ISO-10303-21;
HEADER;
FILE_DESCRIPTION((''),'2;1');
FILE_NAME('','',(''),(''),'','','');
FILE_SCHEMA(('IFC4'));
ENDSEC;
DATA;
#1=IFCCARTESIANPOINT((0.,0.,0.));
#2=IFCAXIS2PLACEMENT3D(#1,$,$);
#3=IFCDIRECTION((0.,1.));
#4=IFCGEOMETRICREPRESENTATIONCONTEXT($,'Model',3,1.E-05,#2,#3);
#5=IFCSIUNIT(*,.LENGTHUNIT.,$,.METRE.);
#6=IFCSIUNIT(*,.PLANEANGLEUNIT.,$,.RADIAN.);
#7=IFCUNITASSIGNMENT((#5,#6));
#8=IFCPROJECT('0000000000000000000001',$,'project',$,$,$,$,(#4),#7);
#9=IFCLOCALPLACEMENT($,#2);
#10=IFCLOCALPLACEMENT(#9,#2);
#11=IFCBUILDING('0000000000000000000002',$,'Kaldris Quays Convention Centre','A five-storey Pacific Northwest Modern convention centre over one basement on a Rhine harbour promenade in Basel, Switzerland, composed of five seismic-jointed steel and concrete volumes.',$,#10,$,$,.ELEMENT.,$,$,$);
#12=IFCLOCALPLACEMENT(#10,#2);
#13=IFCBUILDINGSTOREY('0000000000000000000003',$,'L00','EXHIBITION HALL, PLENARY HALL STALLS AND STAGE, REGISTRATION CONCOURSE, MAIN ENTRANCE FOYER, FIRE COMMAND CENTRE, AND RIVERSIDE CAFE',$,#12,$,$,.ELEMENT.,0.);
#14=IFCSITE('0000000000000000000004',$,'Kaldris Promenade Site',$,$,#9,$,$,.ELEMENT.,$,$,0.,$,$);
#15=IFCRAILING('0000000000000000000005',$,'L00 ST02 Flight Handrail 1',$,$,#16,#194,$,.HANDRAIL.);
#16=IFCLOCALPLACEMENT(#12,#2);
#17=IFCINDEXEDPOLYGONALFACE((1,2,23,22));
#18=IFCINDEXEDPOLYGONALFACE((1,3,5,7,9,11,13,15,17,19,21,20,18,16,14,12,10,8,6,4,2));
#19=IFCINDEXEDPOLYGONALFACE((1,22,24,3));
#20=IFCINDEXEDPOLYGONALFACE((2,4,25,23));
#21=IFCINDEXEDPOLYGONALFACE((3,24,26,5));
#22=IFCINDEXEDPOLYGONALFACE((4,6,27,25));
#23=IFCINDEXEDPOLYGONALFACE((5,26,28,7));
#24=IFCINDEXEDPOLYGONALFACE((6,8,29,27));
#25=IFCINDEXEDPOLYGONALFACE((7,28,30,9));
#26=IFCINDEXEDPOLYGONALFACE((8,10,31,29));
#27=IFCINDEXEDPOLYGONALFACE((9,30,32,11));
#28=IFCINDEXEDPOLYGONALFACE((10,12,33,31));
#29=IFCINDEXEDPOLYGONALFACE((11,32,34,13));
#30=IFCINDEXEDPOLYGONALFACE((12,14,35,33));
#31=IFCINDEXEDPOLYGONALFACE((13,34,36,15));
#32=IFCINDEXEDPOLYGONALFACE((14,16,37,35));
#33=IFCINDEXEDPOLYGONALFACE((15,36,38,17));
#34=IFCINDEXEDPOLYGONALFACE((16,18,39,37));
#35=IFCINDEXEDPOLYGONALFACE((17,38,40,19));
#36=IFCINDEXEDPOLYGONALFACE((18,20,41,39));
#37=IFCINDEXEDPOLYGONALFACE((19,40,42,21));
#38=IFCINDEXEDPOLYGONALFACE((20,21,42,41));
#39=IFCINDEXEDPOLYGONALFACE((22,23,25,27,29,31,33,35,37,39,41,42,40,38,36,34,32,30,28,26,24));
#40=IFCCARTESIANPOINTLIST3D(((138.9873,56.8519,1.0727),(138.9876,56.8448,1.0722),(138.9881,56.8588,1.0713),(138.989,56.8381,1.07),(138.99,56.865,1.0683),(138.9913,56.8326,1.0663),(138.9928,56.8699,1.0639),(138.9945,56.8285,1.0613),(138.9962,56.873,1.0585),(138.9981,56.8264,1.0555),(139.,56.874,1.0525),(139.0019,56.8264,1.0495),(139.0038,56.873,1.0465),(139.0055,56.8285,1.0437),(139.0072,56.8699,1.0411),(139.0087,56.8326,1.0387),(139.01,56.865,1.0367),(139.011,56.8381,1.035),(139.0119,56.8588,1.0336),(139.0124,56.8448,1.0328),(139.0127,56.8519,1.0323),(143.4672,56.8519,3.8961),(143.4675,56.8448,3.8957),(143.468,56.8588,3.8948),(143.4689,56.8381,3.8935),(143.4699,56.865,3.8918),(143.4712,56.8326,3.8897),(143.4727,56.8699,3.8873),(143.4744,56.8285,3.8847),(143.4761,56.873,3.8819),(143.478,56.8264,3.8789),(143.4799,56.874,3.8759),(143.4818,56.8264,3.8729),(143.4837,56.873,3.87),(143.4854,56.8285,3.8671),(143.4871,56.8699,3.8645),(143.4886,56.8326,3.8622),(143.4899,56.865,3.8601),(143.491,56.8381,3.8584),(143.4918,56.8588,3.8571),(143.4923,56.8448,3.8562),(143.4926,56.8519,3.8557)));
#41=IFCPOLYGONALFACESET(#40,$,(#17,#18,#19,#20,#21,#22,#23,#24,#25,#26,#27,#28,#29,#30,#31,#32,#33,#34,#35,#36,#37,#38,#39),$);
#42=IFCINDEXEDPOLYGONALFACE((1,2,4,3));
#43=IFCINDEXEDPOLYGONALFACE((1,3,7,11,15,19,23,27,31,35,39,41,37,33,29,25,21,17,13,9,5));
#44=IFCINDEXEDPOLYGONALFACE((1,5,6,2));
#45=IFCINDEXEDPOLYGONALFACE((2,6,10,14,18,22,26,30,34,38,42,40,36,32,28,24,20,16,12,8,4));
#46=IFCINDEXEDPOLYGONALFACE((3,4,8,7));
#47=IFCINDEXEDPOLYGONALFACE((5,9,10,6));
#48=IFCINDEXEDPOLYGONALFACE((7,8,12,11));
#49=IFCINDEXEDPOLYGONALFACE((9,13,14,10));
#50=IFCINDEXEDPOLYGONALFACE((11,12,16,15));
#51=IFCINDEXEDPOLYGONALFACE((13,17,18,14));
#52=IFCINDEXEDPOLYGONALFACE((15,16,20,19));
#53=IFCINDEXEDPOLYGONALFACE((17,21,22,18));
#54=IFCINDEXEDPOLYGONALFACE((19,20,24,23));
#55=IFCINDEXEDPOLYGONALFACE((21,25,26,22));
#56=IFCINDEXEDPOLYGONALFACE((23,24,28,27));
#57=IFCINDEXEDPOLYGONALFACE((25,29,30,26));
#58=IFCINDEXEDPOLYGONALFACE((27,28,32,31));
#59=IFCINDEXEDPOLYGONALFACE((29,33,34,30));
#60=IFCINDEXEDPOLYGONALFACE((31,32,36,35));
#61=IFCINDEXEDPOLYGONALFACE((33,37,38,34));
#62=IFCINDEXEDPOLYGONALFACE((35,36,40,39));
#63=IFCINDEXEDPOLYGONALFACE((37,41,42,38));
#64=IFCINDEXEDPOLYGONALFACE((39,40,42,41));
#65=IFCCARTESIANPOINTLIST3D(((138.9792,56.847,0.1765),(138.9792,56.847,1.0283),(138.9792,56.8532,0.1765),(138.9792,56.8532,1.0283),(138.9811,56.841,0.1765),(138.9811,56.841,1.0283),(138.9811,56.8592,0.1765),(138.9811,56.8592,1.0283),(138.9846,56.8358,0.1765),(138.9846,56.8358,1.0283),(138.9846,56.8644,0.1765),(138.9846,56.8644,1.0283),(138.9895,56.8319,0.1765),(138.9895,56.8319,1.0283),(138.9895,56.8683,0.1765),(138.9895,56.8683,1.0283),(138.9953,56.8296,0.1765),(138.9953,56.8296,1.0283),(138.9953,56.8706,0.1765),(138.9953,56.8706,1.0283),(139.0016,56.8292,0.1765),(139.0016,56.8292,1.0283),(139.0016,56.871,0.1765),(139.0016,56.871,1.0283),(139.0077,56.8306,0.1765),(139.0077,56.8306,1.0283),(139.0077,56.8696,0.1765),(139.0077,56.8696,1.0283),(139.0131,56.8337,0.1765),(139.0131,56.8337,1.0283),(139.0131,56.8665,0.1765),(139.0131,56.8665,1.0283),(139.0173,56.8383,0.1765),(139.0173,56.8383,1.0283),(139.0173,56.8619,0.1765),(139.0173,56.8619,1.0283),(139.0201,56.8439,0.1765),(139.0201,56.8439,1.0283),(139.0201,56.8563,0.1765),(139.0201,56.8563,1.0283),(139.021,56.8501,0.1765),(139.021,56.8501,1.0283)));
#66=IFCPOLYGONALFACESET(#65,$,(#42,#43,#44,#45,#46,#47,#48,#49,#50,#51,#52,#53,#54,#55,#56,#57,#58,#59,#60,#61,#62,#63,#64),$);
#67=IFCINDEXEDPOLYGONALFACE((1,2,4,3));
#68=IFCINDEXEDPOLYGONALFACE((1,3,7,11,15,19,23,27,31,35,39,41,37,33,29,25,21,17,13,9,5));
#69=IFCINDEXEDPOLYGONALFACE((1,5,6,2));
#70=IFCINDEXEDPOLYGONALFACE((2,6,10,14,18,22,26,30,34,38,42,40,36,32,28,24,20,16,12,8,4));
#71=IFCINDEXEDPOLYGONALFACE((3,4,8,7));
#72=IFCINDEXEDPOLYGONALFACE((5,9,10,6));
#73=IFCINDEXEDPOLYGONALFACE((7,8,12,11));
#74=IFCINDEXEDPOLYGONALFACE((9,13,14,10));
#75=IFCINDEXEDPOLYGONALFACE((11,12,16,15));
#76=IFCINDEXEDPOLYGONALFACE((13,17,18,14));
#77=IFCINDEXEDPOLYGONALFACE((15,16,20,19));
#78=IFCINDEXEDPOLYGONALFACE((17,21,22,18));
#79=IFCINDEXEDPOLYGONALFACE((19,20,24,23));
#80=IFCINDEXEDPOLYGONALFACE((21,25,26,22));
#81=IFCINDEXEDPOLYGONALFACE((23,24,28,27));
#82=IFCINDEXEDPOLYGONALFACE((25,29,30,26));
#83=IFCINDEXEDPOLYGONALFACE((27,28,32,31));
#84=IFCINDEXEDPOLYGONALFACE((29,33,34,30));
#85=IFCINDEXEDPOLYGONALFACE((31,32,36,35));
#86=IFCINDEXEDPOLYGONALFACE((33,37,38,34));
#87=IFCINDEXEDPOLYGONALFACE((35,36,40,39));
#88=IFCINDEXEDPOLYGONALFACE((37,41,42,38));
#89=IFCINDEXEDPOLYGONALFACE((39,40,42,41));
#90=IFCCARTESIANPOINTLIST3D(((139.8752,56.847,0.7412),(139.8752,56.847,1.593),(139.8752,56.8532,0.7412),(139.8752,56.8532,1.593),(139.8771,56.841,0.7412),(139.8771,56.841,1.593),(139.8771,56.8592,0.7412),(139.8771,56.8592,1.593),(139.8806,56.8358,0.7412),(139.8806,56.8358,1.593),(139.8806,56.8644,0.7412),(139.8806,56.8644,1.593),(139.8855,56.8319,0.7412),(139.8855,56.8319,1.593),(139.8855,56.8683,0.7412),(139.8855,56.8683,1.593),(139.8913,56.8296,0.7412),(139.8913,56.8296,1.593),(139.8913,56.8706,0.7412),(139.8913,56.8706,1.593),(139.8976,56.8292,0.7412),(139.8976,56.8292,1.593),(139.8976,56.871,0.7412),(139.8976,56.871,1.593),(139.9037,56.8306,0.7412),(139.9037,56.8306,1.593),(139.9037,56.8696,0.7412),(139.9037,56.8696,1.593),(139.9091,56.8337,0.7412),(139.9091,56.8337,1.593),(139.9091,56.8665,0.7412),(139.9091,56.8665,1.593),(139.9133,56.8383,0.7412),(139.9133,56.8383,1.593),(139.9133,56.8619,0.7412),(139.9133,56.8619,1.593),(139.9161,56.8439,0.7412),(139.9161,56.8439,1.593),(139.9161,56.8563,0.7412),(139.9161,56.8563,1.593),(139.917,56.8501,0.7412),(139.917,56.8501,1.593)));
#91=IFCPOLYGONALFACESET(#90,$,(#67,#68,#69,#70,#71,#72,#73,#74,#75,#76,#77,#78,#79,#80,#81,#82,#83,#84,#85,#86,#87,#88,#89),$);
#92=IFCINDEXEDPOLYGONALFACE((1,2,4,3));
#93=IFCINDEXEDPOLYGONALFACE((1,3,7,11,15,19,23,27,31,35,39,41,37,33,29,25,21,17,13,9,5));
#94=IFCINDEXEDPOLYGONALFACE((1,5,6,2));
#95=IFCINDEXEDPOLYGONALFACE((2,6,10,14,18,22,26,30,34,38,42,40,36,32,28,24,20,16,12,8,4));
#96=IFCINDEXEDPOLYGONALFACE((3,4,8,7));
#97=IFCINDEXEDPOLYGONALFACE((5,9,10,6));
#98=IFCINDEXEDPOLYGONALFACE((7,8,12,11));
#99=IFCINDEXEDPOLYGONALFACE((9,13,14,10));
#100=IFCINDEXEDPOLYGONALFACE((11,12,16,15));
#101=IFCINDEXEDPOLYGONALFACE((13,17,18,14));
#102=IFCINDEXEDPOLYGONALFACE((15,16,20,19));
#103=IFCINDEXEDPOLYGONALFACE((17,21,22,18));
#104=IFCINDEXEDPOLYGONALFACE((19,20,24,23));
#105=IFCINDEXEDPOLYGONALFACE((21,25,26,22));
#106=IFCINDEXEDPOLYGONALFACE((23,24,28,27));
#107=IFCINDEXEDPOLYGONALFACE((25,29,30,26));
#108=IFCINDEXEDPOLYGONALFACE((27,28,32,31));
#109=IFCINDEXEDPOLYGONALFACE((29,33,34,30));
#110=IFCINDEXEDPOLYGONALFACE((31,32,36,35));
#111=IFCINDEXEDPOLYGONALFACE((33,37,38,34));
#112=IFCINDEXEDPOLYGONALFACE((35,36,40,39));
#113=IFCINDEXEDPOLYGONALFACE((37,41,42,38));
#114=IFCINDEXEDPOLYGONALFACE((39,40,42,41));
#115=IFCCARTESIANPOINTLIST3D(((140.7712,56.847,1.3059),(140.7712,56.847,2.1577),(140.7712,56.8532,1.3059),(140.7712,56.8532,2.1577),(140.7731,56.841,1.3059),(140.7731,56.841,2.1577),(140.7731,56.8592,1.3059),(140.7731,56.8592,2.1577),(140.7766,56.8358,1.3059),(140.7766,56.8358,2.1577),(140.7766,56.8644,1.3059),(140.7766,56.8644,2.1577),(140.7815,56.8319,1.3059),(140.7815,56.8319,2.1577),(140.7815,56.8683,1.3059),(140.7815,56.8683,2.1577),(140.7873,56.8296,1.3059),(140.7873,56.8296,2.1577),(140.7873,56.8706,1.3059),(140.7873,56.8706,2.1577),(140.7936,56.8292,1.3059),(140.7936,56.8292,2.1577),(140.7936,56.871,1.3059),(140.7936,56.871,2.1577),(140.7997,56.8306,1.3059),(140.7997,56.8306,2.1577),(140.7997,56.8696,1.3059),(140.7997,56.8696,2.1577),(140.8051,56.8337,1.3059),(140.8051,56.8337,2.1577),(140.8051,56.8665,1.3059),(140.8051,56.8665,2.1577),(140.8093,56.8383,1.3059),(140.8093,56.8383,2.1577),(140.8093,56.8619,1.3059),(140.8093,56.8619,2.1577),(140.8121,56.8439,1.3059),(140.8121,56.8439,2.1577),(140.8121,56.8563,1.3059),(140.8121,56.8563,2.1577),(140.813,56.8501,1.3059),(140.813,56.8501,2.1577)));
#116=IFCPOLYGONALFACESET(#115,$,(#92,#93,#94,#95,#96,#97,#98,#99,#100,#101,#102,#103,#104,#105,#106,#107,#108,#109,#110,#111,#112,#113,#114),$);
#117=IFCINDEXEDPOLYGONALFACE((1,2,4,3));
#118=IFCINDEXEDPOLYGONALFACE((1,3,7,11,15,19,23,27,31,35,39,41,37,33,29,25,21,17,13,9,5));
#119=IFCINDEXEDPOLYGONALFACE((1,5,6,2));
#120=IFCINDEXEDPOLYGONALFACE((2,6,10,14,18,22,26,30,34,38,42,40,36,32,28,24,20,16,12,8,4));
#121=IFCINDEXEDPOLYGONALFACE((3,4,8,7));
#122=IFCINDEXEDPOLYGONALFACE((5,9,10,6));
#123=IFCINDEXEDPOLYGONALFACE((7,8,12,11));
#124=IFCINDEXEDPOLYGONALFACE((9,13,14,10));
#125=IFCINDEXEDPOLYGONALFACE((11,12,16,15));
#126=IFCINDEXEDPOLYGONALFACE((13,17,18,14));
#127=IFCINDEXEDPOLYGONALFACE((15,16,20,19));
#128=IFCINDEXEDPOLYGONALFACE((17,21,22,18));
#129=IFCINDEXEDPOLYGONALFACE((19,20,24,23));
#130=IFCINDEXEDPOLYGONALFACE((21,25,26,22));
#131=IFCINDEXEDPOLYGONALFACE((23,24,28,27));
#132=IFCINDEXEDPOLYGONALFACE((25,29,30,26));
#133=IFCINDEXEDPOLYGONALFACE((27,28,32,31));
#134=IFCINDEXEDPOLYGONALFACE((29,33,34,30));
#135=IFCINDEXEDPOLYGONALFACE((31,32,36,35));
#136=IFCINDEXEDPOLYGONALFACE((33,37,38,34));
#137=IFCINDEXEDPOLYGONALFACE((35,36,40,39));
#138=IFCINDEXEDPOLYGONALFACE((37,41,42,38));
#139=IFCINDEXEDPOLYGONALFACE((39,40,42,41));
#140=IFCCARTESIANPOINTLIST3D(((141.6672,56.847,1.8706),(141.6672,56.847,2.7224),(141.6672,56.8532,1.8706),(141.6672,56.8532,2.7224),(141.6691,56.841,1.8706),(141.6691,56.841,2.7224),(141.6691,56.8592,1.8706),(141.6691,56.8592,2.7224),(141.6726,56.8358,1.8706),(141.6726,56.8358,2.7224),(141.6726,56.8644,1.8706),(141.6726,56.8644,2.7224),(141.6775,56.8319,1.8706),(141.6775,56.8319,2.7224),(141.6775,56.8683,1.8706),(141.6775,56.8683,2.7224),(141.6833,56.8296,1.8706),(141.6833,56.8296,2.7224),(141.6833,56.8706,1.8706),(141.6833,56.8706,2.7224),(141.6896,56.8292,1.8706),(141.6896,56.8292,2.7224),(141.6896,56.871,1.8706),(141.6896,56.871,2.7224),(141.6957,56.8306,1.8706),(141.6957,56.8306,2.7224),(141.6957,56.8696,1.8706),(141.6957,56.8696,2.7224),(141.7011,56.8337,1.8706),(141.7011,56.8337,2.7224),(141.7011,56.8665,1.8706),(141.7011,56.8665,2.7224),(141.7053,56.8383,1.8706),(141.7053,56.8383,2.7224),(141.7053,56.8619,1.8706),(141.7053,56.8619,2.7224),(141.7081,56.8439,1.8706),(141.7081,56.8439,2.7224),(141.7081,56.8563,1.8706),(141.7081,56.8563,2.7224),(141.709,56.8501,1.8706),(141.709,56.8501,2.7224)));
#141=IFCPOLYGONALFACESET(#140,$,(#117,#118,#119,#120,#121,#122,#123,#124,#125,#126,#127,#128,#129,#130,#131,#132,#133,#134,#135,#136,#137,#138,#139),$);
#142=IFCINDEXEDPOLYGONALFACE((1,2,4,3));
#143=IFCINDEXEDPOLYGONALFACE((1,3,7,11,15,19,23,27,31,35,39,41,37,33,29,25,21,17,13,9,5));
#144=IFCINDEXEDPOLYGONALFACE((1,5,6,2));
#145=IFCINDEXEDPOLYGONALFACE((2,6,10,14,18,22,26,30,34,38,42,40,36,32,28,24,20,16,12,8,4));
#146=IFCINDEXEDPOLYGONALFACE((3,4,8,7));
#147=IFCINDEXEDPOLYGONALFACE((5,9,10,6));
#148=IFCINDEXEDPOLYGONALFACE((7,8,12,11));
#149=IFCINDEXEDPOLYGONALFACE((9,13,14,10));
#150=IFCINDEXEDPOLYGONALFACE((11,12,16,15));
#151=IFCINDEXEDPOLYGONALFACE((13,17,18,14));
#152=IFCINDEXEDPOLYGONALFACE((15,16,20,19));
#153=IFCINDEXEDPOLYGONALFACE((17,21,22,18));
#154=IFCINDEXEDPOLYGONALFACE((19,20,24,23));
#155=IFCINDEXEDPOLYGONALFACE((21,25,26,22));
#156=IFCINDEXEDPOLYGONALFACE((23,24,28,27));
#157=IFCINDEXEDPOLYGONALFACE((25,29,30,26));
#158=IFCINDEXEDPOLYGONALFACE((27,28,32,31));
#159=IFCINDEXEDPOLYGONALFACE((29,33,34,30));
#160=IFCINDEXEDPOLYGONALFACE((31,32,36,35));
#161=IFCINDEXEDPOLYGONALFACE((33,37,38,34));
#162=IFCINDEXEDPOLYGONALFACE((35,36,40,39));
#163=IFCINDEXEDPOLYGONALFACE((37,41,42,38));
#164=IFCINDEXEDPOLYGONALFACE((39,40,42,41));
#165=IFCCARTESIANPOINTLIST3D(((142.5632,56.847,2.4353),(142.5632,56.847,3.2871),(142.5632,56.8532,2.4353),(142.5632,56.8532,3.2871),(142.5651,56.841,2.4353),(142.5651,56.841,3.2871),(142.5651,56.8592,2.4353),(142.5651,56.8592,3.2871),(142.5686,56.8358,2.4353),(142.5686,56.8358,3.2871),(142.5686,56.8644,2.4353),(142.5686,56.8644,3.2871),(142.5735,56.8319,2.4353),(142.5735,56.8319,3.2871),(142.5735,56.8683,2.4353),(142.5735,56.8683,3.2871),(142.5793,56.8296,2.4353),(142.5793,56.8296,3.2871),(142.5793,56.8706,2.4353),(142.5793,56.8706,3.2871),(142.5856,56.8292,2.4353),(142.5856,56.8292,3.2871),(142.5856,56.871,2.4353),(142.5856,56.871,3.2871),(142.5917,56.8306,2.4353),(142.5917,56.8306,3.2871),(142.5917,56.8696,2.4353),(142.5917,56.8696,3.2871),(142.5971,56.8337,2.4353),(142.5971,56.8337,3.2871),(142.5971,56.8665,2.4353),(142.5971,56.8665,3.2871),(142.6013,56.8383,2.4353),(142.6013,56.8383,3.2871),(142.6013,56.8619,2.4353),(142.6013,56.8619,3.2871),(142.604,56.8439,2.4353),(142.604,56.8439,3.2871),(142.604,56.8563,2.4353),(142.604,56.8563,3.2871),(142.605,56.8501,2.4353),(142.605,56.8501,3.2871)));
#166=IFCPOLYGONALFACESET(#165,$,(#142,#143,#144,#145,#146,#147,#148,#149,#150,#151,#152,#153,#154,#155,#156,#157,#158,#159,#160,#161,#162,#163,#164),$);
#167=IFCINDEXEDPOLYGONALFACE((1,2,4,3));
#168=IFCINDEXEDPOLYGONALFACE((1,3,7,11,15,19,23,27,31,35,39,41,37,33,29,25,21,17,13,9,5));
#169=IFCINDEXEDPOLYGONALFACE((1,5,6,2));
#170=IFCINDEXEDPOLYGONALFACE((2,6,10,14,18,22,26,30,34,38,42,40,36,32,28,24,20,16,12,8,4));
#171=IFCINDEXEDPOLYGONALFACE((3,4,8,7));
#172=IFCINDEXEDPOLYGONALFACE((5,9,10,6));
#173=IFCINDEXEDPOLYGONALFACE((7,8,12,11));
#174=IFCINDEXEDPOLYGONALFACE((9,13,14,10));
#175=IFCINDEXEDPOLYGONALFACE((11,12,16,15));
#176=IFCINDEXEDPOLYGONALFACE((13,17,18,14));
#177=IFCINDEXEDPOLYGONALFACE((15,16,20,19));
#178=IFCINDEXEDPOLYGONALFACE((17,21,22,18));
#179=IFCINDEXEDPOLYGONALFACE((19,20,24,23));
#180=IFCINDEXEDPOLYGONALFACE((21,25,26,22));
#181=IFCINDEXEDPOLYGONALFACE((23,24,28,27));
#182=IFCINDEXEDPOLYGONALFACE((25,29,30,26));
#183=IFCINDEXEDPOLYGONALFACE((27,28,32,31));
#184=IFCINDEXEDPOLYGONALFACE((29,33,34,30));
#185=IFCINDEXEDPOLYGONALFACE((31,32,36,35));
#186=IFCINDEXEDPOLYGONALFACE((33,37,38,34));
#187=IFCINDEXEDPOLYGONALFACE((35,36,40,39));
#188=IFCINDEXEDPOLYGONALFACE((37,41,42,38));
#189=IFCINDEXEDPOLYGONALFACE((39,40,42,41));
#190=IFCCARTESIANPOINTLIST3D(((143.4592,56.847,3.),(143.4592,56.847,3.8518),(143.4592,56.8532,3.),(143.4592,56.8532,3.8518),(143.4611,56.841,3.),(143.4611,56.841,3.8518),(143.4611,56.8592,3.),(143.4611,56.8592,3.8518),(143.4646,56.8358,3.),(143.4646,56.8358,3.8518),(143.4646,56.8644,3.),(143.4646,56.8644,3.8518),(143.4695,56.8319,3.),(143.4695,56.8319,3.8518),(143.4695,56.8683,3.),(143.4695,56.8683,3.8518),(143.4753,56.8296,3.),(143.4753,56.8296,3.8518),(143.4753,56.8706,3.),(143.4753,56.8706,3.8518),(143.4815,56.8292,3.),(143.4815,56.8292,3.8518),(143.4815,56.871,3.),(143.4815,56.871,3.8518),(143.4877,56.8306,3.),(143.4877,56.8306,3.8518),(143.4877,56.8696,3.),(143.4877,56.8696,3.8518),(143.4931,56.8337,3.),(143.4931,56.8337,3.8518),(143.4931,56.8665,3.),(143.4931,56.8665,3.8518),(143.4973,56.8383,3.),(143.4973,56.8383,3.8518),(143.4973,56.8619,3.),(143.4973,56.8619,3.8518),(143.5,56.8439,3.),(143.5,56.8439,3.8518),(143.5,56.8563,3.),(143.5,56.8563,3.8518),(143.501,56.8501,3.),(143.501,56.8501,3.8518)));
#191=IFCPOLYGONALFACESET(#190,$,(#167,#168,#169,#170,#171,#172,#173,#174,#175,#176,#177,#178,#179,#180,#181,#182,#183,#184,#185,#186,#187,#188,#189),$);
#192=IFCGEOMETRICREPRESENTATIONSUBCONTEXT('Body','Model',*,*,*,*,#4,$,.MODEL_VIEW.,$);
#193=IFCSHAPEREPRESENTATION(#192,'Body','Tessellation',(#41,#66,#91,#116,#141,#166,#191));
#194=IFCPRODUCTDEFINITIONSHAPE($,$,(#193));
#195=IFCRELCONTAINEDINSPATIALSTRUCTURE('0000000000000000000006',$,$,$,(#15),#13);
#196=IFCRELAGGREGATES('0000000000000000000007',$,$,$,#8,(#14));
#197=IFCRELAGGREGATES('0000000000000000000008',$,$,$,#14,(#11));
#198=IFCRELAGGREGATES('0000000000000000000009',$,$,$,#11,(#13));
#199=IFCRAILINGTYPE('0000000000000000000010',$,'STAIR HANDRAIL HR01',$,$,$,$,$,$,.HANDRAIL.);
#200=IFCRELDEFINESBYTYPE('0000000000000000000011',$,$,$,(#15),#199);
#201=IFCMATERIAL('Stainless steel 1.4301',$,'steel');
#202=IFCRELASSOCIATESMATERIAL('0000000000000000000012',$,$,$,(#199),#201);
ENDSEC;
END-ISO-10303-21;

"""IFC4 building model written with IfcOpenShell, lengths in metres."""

from ifc_helpers import new_model, si_unit, direction, frame, origin, origin_2d, place, context, subcontext, project, spatial, circle, extrude, material, type_object, element, save


model = new_model("IFC4")

# Units and contexts
model_context = context("Model", 3, precision=1e-05, world=origin(), true_north=direction((0.0, 1.0)))
body_context = subcontext(model_context, "Body", "Model", "MODEL_VIEW")
ifc_project = project(units=[si_unit("LENGTHUNIT", "METRE"), si_unit("PLANEANGLEUNIT", "RADIAN")], contexts=[model_context])

# Site, building, storey
site_placement = place(None, origin())
site = spatial("IfcSite", under=ifc_project, at=site_placement, Name="Kaldris Promenade Site", CompositionType="ELEMENT", RefElevation=0.0)
building_placement = place(site_placement, origin())
building = spatial("IfcBuilding", under=site, at=building_placement, Name="Kaldris Quays Convention Centre", Description="A five-storey Pacific Northwest Modern convention centre over one basement on a Rhine harbour promenade in Basel, Switzerland, composed of five seismic-jointed steel and concrete volumes.", CompositionType="ELEMENT")
storey_placement = place(building_placement, origin())
storey = spatial("IfcBuildingStorey", under=building, at=storey_placement, Name="L00", Description="EXHIBITION HALL, PLENARY HALL STALLS AND STAGE, REGISTRATION CONCOURSE, MAIN ENTRANCE FOYER, FIRE COMMAND CENTRE, AND RIVERSIDE CAFE", CompositionType="ELEMENT", Elevation=0.0)

# Railing
ifc_material_1 = material(Name="Stainless steel 1.4301", Category="steel")
railing_type_1 = type_object("IfcRailingType", Name="STAIR HANDRAIL HR01", PredefinedType="HANDRAIL", material=ifc_material_1)
railing_1_placement = place(storey_placement, frame((139.0, 56.8501, 0.1765)))
element("IfcRailing", 1, at=railing_1_placement, inside=storey, type_object=railing_type_1, Name="L00 ST02 Flight Handrail 1", PredefinedType="HANDRAIL", context=body_context, shape_type="SweptSolid", body=[
    extrude(circle(Radius=0.0239, at=origin_2d()), frame((0.0, 0.0, 0.876), z_axis=(0.845998, 0.0, 0.533186), x_axis=(0.0, 1.0, 0.0)), (0.0, 0.0, 1.0), 5.2954),
    extrude(circle(Radius=0.021, at=origin_2d()), origin(), (0.0, 0.0, 1.0), 0.8518),
    extrude(circle(Radius=0.021, at=origin_2d()), frame((0.896, 0.0, 0.5647)), (0.0, 0.0, 1.0), 0.8518),
    extrude(circle(Radius=0.021, at=origin_2d()), frame((1.792, 0.0, 1.1294)), (0.0, 0.0, 1.0), 0.8518),
    extrude(circle(Radius=0.021, at=origin_2d()), frame((2.688, 0.0, 1.6941)), (0.0, 0.0, 1.0), 0.8518),
    extrude(circle(Radius=0.021, at=origin_2d()), frame((3.584, 0.0, 2.2588)), (0.0, 0.0, 1.0), 0.8518),
    extrude(circle(Radius=0.021, at=origin_2d()), frame((4.48, 0.0, 2.8235)), (0.0, 0.0, 1.0), 0.8518),
])

save(model, "model.ifc")
